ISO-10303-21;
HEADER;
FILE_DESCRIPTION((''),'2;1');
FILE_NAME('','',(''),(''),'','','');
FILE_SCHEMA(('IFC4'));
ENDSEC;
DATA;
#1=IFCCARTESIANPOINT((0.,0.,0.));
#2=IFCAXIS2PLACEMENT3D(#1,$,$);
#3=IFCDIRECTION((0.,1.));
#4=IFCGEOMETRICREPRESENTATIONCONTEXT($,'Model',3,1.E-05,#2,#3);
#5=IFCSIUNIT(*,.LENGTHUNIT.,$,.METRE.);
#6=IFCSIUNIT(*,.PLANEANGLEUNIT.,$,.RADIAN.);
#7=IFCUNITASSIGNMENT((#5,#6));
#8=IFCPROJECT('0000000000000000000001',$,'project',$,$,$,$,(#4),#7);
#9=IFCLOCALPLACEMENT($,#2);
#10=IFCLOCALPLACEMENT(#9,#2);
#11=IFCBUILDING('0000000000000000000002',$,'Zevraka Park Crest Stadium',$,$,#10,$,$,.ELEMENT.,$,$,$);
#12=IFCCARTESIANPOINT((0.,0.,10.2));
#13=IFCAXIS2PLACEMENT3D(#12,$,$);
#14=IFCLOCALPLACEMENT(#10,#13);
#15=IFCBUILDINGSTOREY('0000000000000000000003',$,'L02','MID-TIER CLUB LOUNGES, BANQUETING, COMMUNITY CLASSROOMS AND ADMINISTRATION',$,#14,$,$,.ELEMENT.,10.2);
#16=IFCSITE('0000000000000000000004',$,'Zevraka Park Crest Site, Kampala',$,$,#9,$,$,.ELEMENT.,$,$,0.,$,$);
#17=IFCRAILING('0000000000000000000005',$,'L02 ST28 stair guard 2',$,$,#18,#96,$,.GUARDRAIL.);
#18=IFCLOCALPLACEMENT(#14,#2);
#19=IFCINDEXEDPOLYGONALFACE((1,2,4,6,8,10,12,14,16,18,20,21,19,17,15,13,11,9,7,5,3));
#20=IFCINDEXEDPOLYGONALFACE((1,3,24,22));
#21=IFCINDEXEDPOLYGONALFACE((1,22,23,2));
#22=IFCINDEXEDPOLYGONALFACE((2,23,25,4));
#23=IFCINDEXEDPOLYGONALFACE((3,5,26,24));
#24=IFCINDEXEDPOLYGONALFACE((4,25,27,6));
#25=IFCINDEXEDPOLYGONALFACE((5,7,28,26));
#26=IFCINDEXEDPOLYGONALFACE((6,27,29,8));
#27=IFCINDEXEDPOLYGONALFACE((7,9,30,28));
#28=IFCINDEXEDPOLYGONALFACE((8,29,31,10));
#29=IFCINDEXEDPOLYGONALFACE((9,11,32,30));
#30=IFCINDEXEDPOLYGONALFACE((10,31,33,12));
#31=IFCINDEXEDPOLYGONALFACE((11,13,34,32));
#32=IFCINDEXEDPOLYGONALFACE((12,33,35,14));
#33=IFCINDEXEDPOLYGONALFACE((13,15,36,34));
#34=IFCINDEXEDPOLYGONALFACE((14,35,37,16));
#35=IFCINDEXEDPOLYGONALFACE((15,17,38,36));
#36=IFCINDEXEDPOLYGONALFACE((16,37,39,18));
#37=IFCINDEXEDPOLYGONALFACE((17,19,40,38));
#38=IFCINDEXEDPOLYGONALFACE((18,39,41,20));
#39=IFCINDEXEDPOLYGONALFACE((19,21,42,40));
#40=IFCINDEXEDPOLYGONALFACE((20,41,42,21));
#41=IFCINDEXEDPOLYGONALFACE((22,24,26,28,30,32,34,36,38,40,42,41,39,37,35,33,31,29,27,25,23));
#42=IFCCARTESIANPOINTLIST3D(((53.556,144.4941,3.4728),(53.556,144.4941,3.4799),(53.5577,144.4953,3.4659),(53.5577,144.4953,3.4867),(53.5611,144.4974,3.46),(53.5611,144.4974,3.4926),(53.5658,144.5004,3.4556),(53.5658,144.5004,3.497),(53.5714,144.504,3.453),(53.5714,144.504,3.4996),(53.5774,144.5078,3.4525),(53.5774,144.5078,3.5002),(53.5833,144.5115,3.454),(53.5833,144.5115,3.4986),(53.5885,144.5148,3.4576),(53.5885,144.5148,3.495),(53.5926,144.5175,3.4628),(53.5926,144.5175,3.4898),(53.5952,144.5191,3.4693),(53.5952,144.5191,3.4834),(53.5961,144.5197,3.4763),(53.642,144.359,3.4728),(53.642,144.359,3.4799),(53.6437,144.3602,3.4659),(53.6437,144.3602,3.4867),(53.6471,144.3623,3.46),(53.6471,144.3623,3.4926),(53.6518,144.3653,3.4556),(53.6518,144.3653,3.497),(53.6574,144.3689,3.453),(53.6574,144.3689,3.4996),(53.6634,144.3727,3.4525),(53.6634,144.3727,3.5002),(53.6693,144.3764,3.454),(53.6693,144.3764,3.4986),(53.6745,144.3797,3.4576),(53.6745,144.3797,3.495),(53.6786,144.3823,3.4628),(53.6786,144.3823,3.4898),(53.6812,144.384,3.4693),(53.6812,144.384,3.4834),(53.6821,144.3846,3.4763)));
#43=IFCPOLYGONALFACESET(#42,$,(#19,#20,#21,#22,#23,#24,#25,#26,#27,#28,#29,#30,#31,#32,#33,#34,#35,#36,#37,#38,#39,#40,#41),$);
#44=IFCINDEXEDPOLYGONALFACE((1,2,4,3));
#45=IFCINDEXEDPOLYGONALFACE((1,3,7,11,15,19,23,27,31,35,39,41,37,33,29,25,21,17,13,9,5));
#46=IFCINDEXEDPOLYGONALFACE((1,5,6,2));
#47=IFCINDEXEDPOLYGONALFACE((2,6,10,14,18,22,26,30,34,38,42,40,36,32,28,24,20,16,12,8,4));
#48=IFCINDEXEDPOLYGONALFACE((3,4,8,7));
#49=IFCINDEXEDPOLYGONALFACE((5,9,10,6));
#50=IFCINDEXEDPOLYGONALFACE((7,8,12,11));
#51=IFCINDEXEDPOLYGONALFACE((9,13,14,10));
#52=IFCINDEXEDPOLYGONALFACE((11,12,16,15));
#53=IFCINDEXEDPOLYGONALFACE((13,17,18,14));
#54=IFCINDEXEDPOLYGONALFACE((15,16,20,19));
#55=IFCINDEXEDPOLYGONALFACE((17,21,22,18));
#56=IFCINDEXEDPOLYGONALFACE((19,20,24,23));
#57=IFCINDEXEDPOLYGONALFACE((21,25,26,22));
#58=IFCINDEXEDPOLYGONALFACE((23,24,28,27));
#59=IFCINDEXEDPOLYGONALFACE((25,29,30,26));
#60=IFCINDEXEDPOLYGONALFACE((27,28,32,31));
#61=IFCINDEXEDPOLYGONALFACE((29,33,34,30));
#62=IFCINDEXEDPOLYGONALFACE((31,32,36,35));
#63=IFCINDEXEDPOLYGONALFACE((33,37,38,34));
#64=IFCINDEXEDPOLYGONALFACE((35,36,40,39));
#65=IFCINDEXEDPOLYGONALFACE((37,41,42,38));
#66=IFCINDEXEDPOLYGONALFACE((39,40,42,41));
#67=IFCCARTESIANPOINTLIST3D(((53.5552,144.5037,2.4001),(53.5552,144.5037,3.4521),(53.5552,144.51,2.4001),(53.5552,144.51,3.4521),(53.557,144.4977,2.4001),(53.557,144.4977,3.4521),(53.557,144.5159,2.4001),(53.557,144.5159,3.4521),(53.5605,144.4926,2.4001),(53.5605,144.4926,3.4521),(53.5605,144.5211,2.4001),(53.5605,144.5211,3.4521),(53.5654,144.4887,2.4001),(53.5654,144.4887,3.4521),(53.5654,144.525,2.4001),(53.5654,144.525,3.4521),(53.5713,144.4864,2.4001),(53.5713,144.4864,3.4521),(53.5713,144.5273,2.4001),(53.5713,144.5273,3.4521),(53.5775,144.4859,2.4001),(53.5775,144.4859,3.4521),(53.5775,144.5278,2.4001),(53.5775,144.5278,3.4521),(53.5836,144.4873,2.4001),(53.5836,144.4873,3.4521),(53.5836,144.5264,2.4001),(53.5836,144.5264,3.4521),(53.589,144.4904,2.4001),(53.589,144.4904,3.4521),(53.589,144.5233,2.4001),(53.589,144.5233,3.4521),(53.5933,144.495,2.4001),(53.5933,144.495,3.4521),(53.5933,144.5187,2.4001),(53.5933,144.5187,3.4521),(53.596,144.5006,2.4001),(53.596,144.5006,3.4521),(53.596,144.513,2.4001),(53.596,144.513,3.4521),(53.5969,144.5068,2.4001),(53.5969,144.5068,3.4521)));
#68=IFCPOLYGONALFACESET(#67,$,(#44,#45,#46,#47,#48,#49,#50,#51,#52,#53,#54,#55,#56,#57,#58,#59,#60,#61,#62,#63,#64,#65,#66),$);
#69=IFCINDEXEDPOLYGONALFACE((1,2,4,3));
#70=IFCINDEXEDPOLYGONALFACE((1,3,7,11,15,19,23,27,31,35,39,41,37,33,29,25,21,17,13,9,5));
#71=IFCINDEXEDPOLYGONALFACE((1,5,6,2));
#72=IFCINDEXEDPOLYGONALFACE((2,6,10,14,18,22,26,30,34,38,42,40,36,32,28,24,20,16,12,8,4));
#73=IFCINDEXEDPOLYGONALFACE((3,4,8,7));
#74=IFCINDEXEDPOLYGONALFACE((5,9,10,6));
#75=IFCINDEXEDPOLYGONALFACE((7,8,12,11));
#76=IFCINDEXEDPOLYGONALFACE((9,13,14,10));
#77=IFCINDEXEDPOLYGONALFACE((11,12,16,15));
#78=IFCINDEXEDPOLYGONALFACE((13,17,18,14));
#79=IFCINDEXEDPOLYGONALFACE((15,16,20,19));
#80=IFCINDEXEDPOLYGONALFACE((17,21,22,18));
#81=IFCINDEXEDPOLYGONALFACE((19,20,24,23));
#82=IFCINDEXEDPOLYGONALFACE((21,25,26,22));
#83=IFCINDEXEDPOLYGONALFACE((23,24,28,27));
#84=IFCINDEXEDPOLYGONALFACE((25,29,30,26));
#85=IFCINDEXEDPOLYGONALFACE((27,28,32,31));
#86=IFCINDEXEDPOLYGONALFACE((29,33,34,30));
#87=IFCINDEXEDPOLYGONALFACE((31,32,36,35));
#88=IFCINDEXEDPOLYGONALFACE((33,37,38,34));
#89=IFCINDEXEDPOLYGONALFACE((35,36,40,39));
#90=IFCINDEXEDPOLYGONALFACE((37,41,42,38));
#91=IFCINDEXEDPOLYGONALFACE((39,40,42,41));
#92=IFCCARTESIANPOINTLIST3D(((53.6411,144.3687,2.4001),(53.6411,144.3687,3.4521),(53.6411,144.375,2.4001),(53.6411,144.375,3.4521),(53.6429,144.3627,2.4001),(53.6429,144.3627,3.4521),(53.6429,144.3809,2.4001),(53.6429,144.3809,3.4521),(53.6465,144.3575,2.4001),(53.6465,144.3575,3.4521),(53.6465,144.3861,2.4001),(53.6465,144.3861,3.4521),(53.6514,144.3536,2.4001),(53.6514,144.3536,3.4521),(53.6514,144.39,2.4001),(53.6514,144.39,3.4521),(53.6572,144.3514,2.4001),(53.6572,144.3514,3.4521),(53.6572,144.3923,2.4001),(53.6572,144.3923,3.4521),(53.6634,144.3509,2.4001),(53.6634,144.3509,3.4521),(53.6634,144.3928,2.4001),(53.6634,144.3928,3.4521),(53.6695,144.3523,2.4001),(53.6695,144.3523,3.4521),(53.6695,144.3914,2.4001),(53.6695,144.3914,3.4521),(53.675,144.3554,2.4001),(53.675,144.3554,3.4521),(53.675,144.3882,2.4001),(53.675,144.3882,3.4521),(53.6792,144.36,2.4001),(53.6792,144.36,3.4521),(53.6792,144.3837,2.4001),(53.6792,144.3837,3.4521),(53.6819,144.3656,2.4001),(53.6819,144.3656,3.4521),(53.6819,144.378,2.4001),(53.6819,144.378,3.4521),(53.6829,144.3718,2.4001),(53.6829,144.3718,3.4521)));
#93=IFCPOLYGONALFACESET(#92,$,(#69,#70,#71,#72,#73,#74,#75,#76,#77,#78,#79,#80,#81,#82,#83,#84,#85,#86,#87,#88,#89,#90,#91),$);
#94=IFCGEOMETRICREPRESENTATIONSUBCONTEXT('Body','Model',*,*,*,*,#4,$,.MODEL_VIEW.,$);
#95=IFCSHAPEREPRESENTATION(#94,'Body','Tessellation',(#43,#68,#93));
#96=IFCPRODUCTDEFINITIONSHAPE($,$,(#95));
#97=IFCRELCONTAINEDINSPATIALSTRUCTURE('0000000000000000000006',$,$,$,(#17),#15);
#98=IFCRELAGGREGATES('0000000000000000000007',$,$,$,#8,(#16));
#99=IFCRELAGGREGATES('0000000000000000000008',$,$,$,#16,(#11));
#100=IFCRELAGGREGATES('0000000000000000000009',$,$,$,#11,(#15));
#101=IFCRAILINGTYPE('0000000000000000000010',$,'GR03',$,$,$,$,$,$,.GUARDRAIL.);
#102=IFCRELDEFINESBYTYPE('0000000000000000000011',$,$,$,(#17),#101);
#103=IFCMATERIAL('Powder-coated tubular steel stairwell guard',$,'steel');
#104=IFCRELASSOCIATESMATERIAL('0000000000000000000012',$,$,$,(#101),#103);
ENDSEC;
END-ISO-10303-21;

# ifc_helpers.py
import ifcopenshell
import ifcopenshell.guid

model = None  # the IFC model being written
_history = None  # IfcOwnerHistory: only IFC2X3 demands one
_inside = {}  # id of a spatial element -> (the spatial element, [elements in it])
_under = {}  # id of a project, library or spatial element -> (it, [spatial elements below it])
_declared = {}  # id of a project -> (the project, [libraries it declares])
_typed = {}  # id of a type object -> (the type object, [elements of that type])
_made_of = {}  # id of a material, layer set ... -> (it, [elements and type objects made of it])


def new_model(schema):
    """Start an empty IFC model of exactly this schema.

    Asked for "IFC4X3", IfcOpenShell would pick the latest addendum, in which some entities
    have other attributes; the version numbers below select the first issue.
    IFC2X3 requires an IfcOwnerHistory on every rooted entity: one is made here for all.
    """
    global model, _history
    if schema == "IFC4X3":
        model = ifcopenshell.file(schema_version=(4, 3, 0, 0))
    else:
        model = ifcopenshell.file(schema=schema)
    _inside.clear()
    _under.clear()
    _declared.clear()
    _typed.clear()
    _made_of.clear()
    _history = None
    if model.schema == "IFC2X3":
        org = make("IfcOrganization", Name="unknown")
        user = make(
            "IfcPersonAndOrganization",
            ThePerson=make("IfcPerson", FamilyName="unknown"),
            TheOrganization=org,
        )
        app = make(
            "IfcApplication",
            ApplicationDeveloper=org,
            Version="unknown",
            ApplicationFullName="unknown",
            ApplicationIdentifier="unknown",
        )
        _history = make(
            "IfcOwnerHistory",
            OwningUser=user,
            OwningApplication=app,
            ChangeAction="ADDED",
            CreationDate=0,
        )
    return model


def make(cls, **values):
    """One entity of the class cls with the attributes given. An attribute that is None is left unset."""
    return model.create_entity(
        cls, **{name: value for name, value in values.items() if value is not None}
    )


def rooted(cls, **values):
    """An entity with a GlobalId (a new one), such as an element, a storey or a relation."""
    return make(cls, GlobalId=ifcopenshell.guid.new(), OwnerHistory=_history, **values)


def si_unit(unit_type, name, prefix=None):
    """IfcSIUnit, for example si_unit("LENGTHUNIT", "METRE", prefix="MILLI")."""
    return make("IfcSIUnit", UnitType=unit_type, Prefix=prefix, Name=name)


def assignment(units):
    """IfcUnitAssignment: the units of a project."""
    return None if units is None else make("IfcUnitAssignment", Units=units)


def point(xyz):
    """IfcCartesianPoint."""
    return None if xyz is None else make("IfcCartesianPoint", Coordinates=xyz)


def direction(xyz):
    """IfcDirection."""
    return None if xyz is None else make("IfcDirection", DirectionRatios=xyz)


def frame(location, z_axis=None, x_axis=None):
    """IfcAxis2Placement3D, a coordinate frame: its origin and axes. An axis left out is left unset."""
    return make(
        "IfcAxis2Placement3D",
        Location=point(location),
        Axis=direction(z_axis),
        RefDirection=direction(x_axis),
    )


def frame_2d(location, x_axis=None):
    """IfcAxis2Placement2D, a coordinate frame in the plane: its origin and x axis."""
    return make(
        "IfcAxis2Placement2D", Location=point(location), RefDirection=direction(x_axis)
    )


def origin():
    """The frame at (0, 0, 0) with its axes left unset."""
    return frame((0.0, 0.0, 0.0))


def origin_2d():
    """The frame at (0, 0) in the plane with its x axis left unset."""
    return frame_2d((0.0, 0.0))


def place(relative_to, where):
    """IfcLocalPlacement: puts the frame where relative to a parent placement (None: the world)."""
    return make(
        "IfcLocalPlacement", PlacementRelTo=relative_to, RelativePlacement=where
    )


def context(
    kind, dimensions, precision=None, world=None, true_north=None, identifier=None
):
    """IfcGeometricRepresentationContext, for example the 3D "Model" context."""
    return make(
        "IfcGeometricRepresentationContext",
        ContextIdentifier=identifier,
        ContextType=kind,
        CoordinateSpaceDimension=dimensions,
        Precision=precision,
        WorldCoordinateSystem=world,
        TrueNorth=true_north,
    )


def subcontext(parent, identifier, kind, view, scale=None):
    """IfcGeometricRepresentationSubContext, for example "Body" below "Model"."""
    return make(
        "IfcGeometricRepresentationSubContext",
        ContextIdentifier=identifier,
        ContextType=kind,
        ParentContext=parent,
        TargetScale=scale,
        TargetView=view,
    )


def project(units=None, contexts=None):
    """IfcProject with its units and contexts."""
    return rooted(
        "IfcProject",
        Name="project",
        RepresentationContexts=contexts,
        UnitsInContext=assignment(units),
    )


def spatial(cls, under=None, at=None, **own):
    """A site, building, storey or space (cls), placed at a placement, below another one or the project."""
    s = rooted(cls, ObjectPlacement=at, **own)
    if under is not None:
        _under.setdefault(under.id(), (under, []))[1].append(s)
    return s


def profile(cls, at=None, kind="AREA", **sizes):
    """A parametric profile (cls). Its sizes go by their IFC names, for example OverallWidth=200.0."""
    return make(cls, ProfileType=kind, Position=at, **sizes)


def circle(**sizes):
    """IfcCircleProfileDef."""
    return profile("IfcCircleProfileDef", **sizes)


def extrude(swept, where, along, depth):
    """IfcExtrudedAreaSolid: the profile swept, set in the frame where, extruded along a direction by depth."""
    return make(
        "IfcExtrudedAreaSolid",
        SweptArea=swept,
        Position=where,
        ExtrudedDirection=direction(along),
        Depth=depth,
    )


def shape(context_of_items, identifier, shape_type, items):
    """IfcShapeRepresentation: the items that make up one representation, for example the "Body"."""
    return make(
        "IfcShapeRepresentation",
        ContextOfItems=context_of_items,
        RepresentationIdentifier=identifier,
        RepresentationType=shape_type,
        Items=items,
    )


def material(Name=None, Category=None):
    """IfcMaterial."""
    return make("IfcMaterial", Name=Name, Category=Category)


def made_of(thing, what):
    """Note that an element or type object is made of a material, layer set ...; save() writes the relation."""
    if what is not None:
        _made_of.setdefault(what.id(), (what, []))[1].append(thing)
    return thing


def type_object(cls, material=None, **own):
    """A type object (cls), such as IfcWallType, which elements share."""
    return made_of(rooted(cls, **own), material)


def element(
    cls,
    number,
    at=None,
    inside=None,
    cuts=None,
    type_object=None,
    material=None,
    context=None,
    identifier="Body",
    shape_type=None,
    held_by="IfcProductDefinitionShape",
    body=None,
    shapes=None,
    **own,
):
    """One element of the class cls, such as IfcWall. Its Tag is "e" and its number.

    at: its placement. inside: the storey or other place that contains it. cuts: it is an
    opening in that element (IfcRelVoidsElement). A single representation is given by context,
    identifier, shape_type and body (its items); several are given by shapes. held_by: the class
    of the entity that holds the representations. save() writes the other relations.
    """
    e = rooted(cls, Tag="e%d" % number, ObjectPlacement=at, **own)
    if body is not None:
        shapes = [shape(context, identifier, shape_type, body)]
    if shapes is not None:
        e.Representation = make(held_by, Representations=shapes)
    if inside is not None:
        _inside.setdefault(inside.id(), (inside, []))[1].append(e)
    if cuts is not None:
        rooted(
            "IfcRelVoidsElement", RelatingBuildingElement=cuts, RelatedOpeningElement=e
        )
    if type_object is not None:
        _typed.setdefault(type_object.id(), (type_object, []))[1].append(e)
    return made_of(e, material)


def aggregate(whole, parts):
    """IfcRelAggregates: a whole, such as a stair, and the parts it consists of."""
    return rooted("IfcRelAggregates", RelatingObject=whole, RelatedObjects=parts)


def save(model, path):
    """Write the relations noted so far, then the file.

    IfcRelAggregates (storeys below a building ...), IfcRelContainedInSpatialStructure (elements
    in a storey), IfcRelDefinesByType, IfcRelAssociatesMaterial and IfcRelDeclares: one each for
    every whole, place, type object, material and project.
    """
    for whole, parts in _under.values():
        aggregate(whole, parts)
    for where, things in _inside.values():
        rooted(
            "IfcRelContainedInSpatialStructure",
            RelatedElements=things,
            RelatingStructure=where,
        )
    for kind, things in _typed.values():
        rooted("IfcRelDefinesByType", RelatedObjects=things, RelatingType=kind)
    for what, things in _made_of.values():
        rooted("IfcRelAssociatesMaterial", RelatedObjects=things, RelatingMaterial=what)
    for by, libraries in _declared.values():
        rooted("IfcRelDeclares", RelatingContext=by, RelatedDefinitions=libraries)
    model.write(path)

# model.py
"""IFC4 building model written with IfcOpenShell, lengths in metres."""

from ifc_helpers import new_model, si_unit, direction, frame, origin, origin_2d, place, context, subcontext, project, spatial, circle, extrude, material, type_object, element, save


model = new_model("IFC4")

# Units and contexts
model_context = context("Model", 3, precision=1e-05, world=origin(), true_north=direction((0.0, 1.0)))
body_context = subcontext(model_context, "Body", "Model", "MODEL_VIEW")
ifc_project = project(units=[si_unit("LENGTHUNIT", "METRE"), si_unit("PLANEANGLEUNIT", "RADIAN")], contexts=[model_context])

# Site, building, storey
site_placement = place(None, origin())
site = spatial("IfcSite", under=ifc_project, at=site_placement, Name="Zevraka Park Crest Site, Kampala", CompositionType="ELEMENT", RefElevation=0.0)
building_placement = place(site_placement, origin())
building = spatial("IfcBuilding", under=site, at=building_placement, Name="Zevraka Park Crest Stadium", CompositionType="ELEMENT")
storey_placement = place(building_placement, frame((0.0, 0.0, 10.2)))
storey = spatial("IfcBuildingStorey", under=building, at=storey_placement, Name="L02", Description="MID-TIER CLUB LOUNGES, BANQUETING, COMMUNITY CLASSROOMS AND ADMINISTRATION", CompositionType="ELEMENT", Elevation=10.2)

# Railing
ifc_material_1 = material(Name="Powder-coated tubular steel stairwell guard", Category="steel")
railing_type_1 = type_object("IfcRailingType", Name="GR03", PredefinedType="GUARDRAIL", material=ifc_material_1)
railing_1_placement = place(storey_placement, frame((53.5759, 144.5068, 2.4001)))
element("IfcRailing", 1, at=railing_1_placement, inside=storey, type_object=railing_type_1, Name="L02 ST28 stair guard 2", PredefinedType="GUARDRAIL", context=body_context, shape_type="SweptSolid", body=[
    extrude(circle(Radius=0.0239, at=origin_2d()), frame((0.0, 0.0, 1.0762), z_axis=(0.536974, -0.843599, 0.0), x_axis=(0.843599, 0.536974, 0.0)), (0.0, 0.0, 1.0), 0.1602),
    extrude(circle(Radius=0.021, at=origin_2d()), origin(), (0.0, 0.0, 1.0), 1.052),
    extrude(circle(Radius=0.021, at=origin_2d()), frame((0.0859, -0.135, 0.0)), (0.0, 0.0, 1.0), 1.052),
])

save(model, "model.ifc")
